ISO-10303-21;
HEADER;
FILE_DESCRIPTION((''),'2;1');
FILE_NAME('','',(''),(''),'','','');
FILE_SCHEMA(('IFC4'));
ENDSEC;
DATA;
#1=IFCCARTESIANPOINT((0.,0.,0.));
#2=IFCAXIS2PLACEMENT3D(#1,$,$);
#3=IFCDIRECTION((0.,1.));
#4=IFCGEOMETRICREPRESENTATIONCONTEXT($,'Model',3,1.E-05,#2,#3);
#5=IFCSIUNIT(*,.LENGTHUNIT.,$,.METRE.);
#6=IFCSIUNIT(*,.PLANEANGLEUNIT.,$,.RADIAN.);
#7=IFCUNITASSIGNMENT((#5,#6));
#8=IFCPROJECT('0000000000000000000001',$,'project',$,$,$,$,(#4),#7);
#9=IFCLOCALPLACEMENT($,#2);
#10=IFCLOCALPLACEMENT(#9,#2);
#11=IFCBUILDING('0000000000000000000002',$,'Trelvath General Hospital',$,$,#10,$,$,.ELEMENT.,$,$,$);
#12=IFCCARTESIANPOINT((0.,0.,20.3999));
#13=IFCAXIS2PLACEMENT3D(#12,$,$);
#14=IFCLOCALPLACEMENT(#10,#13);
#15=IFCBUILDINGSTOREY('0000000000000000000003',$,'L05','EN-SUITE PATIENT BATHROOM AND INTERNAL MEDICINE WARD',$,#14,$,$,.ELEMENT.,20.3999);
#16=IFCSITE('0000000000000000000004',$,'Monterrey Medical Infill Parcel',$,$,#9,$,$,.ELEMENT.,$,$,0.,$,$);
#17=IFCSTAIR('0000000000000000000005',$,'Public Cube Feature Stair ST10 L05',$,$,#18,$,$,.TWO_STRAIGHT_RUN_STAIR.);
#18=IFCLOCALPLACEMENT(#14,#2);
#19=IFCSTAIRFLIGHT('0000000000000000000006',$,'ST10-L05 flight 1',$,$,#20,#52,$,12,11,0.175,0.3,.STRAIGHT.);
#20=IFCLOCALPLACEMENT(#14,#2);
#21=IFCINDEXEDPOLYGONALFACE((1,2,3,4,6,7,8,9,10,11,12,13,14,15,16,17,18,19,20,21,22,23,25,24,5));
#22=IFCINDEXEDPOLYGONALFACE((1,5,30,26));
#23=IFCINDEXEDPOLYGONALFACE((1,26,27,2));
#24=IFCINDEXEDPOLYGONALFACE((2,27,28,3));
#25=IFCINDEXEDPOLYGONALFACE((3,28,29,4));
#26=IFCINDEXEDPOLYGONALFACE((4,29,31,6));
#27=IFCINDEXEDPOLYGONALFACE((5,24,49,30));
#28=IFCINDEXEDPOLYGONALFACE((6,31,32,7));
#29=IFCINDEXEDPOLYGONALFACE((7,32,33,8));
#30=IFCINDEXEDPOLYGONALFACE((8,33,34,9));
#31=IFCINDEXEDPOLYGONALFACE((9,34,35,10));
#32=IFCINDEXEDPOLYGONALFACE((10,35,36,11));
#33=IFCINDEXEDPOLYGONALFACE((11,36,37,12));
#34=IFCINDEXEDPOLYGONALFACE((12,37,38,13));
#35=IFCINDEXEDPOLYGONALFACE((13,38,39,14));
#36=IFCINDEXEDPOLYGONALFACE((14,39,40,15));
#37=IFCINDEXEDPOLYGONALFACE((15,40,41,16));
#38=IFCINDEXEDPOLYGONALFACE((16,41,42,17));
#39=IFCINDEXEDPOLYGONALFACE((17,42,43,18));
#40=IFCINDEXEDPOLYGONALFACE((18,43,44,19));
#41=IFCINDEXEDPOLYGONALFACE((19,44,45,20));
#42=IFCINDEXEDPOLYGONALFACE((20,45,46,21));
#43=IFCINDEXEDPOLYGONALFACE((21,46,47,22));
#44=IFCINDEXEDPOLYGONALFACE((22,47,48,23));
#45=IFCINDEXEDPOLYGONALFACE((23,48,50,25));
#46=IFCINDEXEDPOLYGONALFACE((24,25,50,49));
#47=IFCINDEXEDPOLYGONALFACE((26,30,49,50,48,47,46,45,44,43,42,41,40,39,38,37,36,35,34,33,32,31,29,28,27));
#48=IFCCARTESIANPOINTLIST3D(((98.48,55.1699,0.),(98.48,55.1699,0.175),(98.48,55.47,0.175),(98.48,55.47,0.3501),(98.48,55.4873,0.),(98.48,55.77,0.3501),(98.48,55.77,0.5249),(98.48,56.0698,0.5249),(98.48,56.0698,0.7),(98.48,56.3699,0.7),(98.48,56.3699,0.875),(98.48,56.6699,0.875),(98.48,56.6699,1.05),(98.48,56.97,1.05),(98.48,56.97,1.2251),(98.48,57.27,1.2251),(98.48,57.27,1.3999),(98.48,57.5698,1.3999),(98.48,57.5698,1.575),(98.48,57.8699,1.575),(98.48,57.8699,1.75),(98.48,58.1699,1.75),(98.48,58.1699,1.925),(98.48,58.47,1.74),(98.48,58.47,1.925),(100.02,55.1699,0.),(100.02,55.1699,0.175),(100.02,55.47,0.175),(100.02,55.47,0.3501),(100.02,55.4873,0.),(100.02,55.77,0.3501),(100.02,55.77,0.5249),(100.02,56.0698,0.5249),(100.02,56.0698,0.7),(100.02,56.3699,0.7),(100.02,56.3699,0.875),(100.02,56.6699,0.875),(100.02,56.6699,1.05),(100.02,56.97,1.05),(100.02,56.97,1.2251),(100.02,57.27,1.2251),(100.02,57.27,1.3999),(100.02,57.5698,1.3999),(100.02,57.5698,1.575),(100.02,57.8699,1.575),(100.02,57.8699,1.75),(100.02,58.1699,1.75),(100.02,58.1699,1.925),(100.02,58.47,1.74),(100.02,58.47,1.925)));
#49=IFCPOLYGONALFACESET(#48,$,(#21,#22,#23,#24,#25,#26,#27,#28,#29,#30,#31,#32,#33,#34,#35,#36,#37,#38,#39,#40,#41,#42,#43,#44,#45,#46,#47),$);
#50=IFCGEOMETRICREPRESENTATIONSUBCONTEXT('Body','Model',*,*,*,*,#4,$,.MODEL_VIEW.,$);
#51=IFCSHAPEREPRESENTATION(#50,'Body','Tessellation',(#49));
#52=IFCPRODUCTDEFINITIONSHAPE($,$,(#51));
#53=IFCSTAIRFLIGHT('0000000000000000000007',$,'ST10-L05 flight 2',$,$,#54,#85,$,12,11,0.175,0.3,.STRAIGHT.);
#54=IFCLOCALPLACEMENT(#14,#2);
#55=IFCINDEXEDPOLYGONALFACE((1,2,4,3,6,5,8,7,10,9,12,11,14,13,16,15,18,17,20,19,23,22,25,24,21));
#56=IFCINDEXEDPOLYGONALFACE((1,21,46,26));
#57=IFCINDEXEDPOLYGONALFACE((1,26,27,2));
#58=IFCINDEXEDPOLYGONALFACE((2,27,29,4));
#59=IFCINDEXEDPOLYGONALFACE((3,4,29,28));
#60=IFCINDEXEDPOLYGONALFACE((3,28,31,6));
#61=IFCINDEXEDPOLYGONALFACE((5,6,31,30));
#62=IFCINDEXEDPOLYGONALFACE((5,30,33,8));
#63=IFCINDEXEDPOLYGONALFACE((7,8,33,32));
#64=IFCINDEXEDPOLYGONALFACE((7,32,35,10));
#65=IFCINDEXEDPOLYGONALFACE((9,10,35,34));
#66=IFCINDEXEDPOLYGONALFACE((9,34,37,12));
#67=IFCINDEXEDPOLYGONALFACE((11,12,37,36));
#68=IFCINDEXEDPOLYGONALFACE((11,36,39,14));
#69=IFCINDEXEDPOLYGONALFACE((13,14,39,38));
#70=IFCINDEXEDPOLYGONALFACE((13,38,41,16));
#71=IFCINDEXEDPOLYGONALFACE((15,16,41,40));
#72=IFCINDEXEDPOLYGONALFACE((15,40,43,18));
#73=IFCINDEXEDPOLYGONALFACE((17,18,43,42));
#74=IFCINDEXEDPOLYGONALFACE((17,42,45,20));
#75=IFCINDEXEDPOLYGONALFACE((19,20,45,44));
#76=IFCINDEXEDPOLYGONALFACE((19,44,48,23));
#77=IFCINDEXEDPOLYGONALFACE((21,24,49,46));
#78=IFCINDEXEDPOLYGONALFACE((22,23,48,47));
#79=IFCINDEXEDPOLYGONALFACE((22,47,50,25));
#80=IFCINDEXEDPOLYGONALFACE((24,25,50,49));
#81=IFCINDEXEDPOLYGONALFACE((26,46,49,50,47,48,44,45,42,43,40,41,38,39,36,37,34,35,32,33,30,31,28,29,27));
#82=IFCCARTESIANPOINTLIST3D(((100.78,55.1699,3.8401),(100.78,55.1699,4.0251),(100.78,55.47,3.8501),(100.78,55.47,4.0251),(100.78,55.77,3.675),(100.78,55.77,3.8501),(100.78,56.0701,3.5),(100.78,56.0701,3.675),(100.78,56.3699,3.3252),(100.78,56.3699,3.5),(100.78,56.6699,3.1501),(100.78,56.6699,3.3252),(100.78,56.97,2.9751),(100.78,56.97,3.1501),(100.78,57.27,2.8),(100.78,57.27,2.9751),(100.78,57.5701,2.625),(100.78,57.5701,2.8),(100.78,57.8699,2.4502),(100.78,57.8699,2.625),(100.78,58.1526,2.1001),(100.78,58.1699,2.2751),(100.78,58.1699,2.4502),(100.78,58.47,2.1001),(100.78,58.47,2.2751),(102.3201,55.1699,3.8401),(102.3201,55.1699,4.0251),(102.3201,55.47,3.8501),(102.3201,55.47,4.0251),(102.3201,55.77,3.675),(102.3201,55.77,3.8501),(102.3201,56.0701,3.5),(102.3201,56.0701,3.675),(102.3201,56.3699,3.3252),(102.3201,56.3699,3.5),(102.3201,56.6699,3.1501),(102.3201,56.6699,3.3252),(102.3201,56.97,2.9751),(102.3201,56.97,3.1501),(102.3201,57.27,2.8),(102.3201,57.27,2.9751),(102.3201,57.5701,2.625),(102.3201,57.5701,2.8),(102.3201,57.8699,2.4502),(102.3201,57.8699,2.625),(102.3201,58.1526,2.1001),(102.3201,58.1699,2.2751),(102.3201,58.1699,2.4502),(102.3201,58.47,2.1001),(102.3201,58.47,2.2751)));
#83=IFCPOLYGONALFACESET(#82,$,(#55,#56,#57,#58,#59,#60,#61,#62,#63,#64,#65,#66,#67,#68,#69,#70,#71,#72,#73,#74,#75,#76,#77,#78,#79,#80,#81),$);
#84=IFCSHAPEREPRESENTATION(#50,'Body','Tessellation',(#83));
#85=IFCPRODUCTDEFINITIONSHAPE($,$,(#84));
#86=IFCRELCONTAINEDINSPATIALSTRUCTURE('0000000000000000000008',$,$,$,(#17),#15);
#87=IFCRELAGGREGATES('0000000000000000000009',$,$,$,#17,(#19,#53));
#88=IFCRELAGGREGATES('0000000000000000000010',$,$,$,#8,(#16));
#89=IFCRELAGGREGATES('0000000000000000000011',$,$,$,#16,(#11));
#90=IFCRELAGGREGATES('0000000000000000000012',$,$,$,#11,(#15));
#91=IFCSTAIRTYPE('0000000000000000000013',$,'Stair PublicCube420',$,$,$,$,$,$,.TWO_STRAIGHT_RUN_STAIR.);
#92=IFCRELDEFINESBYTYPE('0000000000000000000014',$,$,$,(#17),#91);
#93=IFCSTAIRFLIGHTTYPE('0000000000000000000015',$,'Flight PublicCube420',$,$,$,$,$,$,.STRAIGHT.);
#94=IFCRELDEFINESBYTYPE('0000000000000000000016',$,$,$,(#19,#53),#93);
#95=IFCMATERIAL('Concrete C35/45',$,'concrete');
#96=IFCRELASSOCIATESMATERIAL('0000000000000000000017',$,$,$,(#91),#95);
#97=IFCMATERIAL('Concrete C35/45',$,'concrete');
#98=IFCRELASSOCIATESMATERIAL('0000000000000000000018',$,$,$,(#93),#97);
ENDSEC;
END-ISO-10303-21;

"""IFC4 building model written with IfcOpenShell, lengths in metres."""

from ifc_helpers import new_model, si_unit, direction, frame, origin, place, context, subcontext, project, spatial, polyline, outline, extrude, material, type_object, element, aggregate, save


model = new_model("IFC4")

# Units and contexts
model_context = context("Model", 3, precision=1e-05, world=origin(), true_north=direction((0.0, 1.0)))
body_context = subcontext(model_context, "Body", "Model", "MODEL_VIEW")
ifc_project = project(units=[si_unit("LENGTHUNIT", "METRE"), si_unit("PLANEANGLEUNIT", "RADIAN")], contexts=[model_context])

# Site, building, storey
site_placement = place(None, origin())
site = spatial("IfcSite", under=ifc_project, at=site_placement, Name="Monterrey Medical Infill Parcel", CompositionType="ELEMENT", RefElevation=0.0)
building_placement = place(site_placement, origin())
building = spatial("IfcBuilding", under=site, at=building_placement, Name="Trelvath General Hospital", CompositionType="ELEMENT")
storey_placement = place(building_placement, frame((0.0, 0.0, 20.3999)))
storey = spatial("IfcBuildingStorey", under=building, at=storey_placement, Name="L05", Description="EN-SUITE PATIENT BATHROOM AND INTERNAL MEDICINE WARD", CompositionType="ELEMENT", Elevation=20.3999)

# Stair, stair flights
ifc_material_1 = material(Name="Concrete C35/45", Category="concrete")
stair_type = type_object("IfcStairType", Name="Stair PublicCube420", PredefinedType="TWO_STRAIGHT_RUN_STAIR", material=ifc_material_1)
stair_placement = place(storey_placement, origin())
stair = element("IfcStair", 1, at=stair_placement, inside=storey, type_object=stair_type, Name="Public Cube Feature Stair ST10 L05", PredefinedType="TWO_STRAIGHT_RUN_STAIR")
ifc_material_2 = material(Name="Concrete C35/45", Category="concrete")
stair_flight_type = type_object("IfcStairFlightType", Name="Flight PublicCube420", PredefinedType="STRAIGHT", material=ifc_material_2)
stair_flight_1_placement = place(storey_placement, frame((99.25, 55.1699, 0.0), z_axis=(0.0, 0.0, 1.0), x_axis=(0.0, 1.0, 0.0)))
stair_flight_1 = element("IfcStairFlight", 2, at=stair_flight_1_placement, type_object=stair_flight_type, Name="ST10-L05 flight 1", NumberOfRisers=12, NumberOfTreads=11, PredefinedType="STRAIGHT", RiserHeight=0.175, TreadLength=0.3, context=body_context, shape_type="SweptSolid", body=[
    extrude(outline(polyline([(0.0, 0.0), (0.0, 0.175), (0.3, 0.175), (0.3, 0.3501), (0.6001, 0.3501), (0.6001, 0.5249), (0.8999, 0.5249), (0.8999, 0.7), (1.2, 0.7), (1.2, 0.875), (1.5, 0.875), (1.5, 1.05), (1.8, 1.05), (1.8, 1.2251), (2.1001, 1.2251), (2.1001, 1.3999), (2.3999, 1.3999), (2.3999, 1.575), (2.7, 1.575), (2.7, 1.75), (3.0, 1.75), (3.0, 1.925), (3.3, 1.925), (3.3, 2.1001), (3.3, 1.74), (0.3174, 0.0), (0.0, 0.0)])), frame((0.0, 0.77, 0.0), z_axis=(0.0, -1.0, 0.0), x_axis=(1.0, 0.0, 0.0)), (0.0, 0.0, 1.0), 1.54),
])
stair_flight_2_placement = place(storey_placement, frame((101.55, 58.47, 2.1001), z_axis=(0.0, 0.0, 1.0), x_axis=(0.0, -1.0, 0.0)))
stair_flight_2 = element("IfcStairFlight", 3, at=stair_flight_2_placement, type_object=stair_flight_type, Name="ST10-L05 flight 2", NumberOfRisers=12, NumberOfTreads=11, PredefinedType="STRAIGHT", RiserHeight=0.175, TreadLength=0.3, context=body_context, shape_type="SweptSolid", body=[
    extrude(outline(polyline([(0.0, 0.0), (0.0, 0.175), (0.3, 0.175), (0.3, 0.3501), (0.6001, 0.3501), (0.6001, 0.5249), (0.8999, 0.5249), (0.8999, 0.7), (1.2, 0.7), (1.2, 0.875), (1.5, 0.875), (1.5, 1.05), (1.8, 1.05), (1.8, 1.2251), (2.1001, 1.2251), (2.1001, 1.3999), (2.3999, 1.3999), (2.3999, 1.575), (2.7, 1.575), (2.7, 1.75), (3.0, 1.75), (3.0, 1.925), (3.3, 1.925), (3.3, 2.1001), (3.3, 1.74), (0.3174, 0.0), (0.0, 0.0)])), frame((0.0, 0.77, 0.0), z_axis=(0.0, -1.0, 0.0), x_axis=(1.0, 0.0, 0.0)), (0.0, 0.0, 1.0), 1.54),
])
aggregate(stair, [stair_flight_1, stair_flight_2])

save(model, "model.ifc")
